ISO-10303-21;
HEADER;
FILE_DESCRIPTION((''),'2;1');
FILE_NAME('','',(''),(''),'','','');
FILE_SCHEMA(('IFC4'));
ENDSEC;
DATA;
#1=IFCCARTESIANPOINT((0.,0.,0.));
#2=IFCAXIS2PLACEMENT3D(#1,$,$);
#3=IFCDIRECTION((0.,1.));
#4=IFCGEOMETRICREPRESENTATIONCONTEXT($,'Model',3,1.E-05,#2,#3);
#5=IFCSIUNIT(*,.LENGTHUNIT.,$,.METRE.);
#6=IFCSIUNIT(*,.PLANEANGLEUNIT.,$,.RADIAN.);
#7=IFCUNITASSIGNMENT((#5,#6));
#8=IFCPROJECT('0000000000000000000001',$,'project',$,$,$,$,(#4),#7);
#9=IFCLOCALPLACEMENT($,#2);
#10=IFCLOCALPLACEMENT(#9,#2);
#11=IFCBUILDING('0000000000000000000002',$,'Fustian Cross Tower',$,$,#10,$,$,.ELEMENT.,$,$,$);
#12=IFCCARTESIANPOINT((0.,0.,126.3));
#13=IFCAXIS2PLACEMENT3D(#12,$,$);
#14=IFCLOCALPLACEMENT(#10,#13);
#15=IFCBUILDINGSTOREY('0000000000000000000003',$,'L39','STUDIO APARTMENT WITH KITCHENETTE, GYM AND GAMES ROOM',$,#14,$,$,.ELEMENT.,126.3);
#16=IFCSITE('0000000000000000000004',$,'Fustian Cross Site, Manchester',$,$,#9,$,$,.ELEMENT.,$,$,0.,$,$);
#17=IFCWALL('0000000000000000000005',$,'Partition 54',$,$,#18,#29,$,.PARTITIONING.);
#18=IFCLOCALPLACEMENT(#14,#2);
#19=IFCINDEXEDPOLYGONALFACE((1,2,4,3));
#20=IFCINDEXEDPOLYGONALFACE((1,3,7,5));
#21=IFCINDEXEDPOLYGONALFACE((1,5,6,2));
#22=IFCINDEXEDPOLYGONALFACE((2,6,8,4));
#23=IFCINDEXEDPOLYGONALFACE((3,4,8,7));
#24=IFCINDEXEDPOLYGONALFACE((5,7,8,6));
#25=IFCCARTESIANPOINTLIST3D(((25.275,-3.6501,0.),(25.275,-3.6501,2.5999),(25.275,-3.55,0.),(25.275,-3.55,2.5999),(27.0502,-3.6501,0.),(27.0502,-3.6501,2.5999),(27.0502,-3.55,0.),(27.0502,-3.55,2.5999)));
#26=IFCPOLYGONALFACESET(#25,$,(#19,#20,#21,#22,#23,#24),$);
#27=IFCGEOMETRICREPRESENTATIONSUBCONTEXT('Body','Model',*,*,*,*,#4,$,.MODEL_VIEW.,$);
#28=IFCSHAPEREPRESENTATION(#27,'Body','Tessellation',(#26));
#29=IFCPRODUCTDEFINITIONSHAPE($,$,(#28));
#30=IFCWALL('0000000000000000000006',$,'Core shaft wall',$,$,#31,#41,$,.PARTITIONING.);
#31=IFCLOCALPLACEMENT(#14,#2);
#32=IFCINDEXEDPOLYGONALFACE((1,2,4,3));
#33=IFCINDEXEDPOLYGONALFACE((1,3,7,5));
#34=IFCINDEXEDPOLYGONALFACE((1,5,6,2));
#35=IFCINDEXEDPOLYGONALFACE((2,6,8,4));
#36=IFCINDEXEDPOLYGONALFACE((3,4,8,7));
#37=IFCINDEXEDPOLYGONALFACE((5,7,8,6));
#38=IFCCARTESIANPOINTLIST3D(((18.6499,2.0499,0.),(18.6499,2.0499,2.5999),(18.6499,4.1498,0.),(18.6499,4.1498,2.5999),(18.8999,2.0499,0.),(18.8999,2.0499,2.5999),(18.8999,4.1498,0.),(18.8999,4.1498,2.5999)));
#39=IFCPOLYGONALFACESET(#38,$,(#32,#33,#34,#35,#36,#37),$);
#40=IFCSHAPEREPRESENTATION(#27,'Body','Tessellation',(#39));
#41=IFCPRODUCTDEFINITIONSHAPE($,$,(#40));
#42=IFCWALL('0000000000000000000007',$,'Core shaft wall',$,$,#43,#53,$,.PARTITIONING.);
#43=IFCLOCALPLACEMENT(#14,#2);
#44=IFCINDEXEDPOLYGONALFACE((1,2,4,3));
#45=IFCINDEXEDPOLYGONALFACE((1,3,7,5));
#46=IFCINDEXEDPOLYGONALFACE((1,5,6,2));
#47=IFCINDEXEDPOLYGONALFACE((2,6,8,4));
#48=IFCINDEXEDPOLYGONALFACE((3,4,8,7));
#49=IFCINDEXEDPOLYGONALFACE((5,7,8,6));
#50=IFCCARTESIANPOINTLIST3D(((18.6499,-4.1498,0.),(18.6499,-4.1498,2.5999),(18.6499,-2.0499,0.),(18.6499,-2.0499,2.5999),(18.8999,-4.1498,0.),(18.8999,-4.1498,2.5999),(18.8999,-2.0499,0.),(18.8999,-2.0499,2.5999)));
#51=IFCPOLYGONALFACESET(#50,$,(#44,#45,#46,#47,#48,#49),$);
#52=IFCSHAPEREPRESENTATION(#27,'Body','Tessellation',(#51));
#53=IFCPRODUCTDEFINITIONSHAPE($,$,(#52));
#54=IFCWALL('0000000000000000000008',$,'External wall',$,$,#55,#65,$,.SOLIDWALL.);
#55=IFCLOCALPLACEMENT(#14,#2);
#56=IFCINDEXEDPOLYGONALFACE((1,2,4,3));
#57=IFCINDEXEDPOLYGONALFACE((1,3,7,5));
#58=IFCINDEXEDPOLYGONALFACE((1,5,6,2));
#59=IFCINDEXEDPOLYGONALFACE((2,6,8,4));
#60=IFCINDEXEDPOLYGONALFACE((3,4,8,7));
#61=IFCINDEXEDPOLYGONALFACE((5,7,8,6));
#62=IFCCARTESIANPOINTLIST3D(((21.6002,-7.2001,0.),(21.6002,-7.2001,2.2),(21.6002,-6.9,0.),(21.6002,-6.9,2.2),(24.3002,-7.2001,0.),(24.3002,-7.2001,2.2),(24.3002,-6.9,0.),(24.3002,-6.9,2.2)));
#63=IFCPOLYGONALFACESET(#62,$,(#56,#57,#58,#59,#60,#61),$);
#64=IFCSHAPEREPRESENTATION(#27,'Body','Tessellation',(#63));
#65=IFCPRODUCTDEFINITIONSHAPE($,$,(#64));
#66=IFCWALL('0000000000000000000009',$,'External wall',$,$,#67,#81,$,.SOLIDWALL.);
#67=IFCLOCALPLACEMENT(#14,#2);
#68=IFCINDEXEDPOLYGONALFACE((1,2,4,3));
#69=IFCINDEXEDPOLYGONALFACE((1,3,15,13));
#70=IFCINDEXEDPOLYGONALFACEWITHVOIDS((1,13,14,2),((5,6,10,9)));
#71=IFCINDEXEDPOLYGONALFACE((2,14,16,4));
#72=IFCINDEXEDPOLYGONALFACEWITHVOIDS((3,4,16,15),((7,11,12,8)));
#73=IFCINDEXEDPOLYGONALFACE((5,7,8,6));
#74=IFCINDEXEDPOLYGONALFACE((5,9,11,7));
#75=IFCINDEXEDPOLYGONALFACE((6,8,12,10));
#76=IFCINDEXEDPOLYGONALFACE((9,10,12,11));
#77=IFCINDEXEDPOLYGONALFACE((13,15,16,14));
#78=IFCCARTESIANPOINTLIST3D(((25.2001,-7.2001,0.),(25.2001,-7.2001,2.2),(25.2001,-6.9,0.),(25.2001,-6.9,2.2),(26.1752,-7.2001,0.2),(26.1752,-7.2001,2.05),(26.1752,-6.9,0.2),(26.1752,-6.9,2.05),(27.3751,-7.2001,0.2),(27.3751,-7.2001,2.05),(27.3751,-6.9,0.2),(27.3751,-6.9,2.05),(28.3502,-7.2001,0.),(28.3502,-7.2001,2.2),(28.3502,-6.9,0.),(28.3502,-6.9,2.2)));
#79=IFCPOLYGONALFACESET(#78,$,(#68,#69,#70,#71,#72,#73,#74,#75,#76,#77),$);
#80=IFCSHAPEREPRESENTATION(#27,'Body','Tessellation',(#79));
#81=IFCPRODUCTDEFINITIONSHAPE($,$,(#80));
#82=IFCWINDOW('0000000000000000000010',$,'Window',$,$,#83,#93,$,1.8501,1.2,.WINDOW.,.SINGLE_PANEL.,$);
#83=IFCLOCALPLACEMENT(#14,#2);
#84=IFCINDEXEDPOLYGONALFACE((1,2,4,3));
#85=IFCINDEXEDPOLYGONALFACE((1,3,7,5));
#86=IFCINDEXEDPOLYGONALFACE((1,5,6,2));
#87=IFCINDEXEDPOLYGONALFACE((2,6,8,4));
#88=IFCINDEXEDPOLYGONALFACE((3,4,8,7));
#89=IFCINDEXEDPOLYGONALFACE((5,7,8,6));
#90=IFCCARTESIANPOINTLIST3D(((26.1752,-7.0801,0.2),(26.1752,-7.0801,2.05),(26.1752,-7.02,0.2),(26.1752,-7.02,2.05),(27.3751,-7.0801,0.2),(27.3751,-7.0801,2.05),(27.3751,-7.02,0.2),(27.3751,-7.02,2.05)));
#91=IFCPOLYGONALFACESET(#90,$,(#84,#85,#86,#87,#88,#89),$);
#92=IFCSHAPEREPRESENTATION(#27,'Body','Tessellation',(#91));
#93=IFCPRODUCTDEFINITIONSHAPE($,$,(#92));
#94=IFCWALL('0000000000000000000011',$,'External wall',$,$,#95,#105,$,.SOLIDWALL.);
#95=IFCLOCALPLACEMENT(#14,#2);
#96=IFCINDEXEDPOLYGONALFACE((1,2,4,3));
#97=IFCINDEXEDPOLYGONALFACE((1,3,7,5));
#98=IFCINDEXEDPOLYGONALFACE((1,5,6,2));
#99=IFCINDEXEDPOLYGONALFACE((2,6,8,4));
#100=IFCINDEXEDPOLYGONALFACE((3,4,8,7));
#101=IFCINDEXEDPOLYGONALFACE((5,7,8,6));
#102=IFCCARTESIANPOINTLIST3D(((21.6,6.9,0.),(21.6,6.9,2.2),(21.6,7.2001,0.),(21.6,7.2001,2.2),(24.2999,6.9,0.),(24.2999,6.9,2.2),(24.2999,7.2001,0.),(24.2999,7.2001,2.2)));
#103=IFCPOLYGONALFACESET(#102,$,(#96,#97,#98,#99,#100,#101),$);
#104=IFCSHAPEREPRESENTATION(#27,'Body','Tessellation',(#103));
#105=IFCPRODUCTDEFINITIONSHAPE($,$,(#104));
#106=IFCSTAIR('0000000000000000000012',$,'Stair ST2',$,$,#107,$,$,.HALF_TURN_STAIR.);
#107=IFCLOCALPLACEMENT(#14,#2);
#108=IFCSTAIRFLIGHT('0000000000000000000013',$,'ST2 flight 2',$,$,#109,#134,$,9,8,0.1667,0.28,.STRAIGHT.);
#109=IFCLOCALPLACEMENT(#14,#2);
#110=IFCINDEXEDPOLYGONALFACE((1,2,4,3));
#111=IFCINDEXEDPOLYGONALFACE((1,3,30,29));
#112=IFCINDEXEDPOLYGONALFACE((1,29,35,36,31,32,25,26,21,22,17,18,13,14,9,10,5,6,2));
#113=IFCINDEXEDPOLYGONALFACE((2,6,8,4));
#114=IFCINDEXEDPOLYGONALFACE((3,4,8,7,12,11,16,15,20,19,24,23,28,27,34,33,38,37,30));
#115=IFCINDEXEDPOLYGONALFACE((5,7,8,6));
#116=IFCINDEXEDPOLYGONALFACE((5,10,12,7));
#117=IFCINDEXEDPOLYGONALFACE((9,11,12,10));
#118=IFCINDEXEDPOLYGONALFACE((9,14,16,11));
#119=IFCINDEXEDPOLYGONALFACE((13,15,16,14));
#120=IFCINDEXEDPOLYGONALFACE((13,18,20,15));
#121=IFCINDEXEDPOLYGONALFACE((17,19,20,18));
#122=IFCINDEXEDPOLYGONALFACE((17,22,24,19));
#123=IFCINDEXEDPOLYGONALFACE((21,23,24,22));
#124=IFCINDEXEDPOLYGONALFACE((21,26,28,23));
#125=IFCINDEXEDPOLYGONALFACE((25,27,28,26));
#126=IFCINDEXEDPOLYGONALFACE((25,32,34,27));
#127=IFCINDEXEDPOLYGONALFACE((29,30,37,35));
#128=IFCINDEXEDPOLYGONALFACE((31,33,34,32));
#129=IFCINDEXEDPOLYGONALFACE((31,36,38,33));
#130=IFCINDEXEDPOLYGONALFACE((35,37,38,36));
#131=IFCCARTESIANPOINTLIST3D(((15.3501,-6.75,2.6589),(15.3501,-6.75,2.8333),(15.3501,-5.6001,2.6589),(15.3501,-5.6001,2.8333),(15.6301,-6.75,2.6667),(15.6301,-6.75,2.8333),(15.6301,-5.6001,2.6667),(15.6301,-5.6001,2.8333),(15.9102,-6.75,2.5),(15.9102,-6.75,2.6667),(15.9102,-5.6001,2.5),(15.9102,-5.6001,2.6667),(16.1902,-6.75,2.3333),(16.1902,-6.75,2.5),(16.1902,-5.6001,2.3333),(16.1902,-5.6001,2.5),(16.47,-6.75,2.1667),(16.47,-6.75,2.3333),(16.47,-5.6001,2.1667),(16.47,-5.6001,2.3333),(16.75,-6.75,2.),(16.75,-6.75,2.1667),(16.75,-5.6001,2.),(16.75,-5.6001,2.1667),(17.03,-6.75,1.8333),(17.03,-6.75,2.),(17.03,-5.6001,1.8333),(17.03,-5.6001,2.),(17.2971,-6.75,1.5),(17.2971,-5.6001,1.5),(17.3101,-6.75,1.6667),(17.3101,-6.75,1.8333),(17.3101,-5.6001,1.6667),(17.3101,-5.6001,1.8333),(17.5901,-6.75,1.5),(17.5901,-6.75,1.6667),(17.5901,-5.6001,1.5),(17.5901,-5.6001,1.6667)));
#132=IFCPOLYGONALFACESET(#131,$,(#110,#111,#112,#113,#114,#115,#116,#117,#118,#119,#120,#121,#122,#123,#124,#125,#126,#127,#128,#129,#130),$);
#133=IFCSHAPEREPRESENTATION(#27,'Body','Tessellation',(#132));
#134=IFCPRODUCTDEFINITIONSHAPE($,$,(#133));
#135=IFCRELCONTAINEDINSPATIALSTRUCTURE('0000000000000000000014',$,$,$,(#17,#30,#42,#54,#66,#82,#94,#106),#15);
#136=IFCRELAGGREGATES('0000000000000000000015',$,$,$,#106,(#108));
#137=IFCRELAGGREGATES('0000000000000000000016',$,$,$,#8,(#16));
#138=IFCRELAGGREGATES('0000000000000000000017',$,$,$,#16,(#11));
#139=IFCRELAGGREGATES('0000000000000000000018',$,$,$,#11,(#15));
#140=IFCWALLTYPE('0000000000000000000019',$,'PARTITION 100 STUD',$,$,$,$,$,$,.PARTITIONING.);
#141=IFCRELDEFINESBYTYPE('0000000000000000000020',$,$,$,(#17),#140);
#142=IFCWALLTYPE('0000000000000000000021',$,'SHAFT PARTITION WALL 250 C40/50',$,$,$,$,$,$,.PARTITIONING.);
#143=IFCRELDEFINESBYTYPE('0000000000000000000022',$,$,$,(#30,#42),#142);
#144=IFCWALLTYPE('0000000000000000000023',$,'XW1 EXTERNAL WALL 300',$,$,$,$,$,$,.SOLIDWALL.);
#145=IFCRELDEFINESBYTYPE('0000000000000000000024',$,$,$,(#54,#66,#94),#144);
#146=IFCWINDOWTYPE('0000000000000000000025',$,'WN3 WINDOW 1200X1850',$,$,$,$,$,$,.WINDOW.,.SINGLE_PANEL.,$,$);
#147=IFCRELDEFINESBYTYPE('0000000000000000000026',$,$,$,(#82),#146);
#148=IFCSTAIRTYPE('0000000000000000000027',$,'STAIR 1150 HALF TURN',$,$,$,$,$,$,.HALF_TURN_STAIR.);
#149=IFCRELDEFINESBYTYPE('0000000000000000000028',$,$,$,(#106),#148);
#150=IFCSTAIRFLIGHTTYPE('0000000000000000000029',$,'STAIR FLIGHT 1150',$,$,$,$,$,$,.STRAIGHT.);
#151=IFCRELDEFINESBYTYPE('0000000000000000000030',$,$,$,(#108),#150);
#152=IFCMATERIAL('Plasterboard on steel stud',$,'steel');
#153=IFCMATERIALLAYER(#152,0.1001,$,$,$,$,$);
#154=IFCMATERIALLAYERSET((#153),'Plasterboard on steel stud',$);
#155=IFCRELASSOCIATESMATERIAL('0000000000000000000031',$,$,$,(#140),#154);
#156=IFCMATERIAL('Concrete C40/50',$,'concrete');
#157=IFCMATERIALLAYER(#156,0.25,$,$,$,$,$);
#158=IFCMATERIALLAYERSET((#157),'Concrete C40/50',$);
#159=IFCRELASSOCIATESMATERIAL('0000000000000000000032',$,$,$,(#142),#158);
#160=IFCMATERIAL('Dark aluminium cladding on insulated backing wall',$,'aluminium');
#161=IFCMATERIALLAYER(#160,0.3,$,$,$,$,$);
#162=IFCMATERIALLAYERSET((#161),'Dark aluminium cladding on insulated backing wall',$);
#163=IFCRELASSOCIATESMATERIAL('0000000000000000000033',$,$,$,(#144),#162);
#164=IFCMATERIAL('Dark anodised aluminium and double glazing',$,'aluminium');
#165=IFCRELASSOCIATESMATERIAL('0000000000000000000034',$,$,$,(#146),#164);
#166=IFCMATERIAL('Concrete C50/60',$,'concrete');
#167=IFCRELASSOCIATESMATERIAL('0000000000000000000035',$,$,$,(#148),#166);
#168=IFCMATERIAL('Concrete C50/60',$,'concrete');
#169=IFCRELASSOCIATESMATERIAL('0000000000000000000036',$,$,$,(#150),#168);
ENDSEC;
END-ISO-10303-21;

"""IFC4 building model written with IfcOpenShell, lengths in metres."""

from ifc_helpers import new_model, si_unit, direction, frame, frame_2d, origin, place, context, subcontext, project, spatial, polyline, rectangle, outline, extrude, material, layer, layer_set, type_object, element, fill, aggregate, save


model = new_model("IFC4")

# Units and contexts
model_context = context("Model", 3, precision=1e-05, world=origin(), true_north=direction((0.0, 1.0)))
body_context = subcontext(model_context, "Body", "Model", "MODEL_VIEW")
ifc_project = project(units=[si_unit("LENGTHUNIT", "METRE"), si_unit("PLANEANGLEUNIT", "RADIAN")], contexts=[model_context])

# Site, building, storey
site_placement = place(None, origin())
site = spatial("IfcSite", under=ifc_project, at=site_placement, Name="Fustian Cross Site, Manchester", CompositionType="ELEMENT", RefElevation=0.0)
building_placement = place(site_placement, origin())
building = spatial("IfcBuilding", under=site, at=building_placement, Name="Fustian Cross Tower", CompositionType="ELEMENT")
storey_placement = place(building_placement, frame((0.0, 0.0, 126.3)))
storey = spatial("IfcBuildingStorey", under=building, at=storey_placement, Name="L39", Description="STUDIO APARTMENT WITH KITCHENETTE, GYM AND GAMES ROOM", CompositionType="ELEMENT", Elevation=126.3)

# Walls
ifc_material_1 = material(Name="Plasterboard on steel stud", Category="steel")
ifc_layer_1 = layer(ifc_material_1, 0.1001)
ifc_layer_set_1 = layer_set([ifc_layer_1], Name="Plasterboard on steel stud")
wall_type_1 = type_object("IfcWallType", Name="PARTITION 100 STUD", PredefinedType="PARTITIONING", material=ifc_layer_set_1)
wall_1_placement = place(storey_placement, frame((25.2749, -3.6001, 0.0), z_axis=(0.0, 0.0, 1.0), x_axis=(1.0, 0.0, 0.0)))
element("IfcWall", 1, at=wall_1_placement, inside=storey, type_object=wall_type_1, Name="Partition 54", PredefinedType="PARTITIONING", context=body_context, shape_type="SweptSolid", body=[
    extrude(rectangle(XDim=1.7751, YDim=0.1001, at=frame_2d((0.8877, 0.0))), origin(), (0.0, 0.0, 1.0), 2.5999),
])
ifc_material_2 = material(Name="Concrete C40/50", Category="concrete")
ifc_layer_2 = layer(ifc_material_2, 0.25)
ifc_layer_set_2 = layer_set([ifc_layer_2], Name="Concrete C40/50")
wall_type_2 = type_object("IfcWallType", Name="SHAFT PARTITION WALL 250 C40/50", PredefinedType="PARTITIONING", material=ifc_layer_set_2)
for number, where, z_axis, x_axis, name in (
    (2, (18.7749, 2.05, 0.0), (0.0, 0.0, 1.0), (0.0, 1.0, 0.0), "Core shaft wall"),
    (3, (18.7749, -2.05, 0.0), (0.0, 0.0, 1.0), (0.0, -1.0, 0.0), "Core shaft wall"),
):
    element("IfcWall", number, at=place(storey_placement, frame(where, z_axis=z_axis, x_axis=x_axis)), inside=storey, type_object=wall_type_2, Name=name, PredefinedType="PARTITIONING", context=body_context, shape_type="SweptSolid", body=[
        extrude(rectangle(XDim=2.0999, YDim=0.25, at=frame_2d((1.0498, 0.0))), origin(), (0.0, 0.0, 1.0), 2.5999),
    ])
ifc_material_3 = material(Name="Dark aluminium cladding on insulated backing wall", Category="aluminium")
ifc_layer_3 = layer(ifc_material_3, 0.3)
ifc_layer_set_3 = layer_set([ifc_layer_3], Name="Dark aluminium cladding on insulated backing wall")
wall_type_3 = type_object("IfcWallType", Name="XW1 EXTERNAL WALL 300", PredefinedType="SOLIDWALL", material=ifc_layer_set_3)
wall_2_placement = place(storey_placement, frame((21.6001, -7.05, 0.0), z_axis=(0.0, 0.0, 1.0), x_axis=(1.0, 0.0, 0.0)))
element("IfcWall", 4, at=wall_2_placement, inside=storey, type_object=wall_type_3, Name="External wall", PredefinedType="SOLIDWALL", context=body_context, shape_type="SweptSolid", body=[
    extrude(rectangle(XDim=2.7, YDim=0.3, at=frame_2d((1.3501, 0.0))), origin(), (0.0, 0.0, 1.0), 2.2),
])

# Wall, opening, window
wall_3_placement = place(storey_placement, frame((25.2, -7.05, 0.0), z_axis=(0.0, 0.0, 1.0), x_axis=(1.0, 0.0, 0.0)))
wall_3 = element("IfcWall", 5, at=wall_3_placement, inside=storey, type_object=wall_type_3, Name="External wall", PredefinedType="SOLIDWALL", context=body_context, shape_type="SweptSolid", body=[
    extrude(rectangle(XDim=3.1501, YDim=0.3, at=frame_2d((1.5752, 0.0))), origin(), (0.0, 0.0, 1.0), 2.2),
])
opening_1_placement = place(wall_3_placement, frame((0.9751, 0.0, 0.2)))
opening_1 = element("IfcOpeningElement", 6, at=opening_1_placement, cuts=wall_3, PredefinedType="OPENING", context=body_context, shape_type="SweptSolid", body=[
    extrude(rectangle(XDim=1.2, YDim=1.8501, at=frame_2d((0.6001, 0.925))), frame((0.0, 0.1599, 0.0), z_axis=(0.0, -1.0, 0.0), x_axis=(1.0, 0.0, 0.0)), (0.0, 0.0, 1.0), 0.3201),
])
ifc_material_4 = material(Name="Dark anodised aluminium and double glazing", Category="aluminium")
window_type = type_object("IfcWindowType", Name="WN3 WINDOW 1200X1850", PartitioningType="SINGLE_PANEL", PredefinedType="WINDOW", material=ifc_material_4)
window_placement = place(opening_1_placement, origin())
window = element("IfcWindow", 7, at=window_placement, inside=storey, type_object=window_type, Name="Window", OverallHeight=1.8501, OverallWidth=1.2, PartitioningType="SINGLE_PANEL", PredefinedType="WINDOW", context=body_context, shape_type="SweptSolid", body=[
    extrude(rectangle(XDim=1.2, YDim=1.8501, at=frame_2d((0.6001, 0.925))), frame((0.0, 0.03, 0.0), z_axis=(0.0, -1.0, 0.0), x_axis=(1.0, 0.0, 0.0)), (0.0, 0.0, 1.0), 0.0601),
])
fill(opening_1, window)

# Wall
wall_4_placement = place(storey_placement, frame((24.3, 7.05, 0.0), z_axis=(0.0, 0.0, 1.0), x_axis=(-1.0, 0.0, 0.0)))
element("IfcWall", 8, at=wall_4_placement, inside=storey, type_object=wall_type_3, Name="External wall", PredefinedType="SOLIDWALL", context=body_context, shape_type="SweptSolid", body=[
    extrude(rectangle(XDim=2.7, YDim=0.3, at=frame_2d((1.3501, 0.0))), origin(), (0.0, 0.0, 1.0), 2.2),
])

# Stair, stair flight
ifc_material_5 = material(Name="Concrete C50/60", Category="concrete")
stair_type = type_object("IfcStairType", Name="STAIR 1150 HALF TURN", PredefinedType="HALF_TURN_STAIR", material=ifc_material_5)
stair_placement = place(storey_placement, origin())
stair = element("IfcStair", 9, at=stair_placement, inside=storey, type_object=stair_type, Name="Stair ST2", PredefinedType="HALF_TURN_STAIR")
ifc_material_6 = material(Name="Concrete C50/60", Category="concrete")
stair_flight_type = type_object("IfcStairFlightType", Name="STAIR FLIGHT 1150", PredefinedType="STRAIGHT", material=ifc_material_6)
stair_flight_placement = place(storey_placement, frame((17.5901, -6.175, 1.5), z_axis=(0.0, 0.0, 1.0), x_axis=(-1.0, 0.0, 0.0)))
stair_flight = element("IfcStairFlight", 10, at=stair_flight_placement, type_object=stair_flight_type, Name="ST2 flight 2", NumberOfRisers=9, NumberOfTreads=8, PredefinedType="STRAIGHT", RiserHeight=0.1667, TreadLength=0.28, context=body_context, shape_type="SweptSolid", body=[
    extrude(outline(polyline([(0.0, 0.0), (0.0, 0.1667), (0.28, 0.1667), (0.28, 0.3333), (0.5601, 0.3333), (0.5601, 0.5), (0.8401, 0.5), (0.8401, 0.6667), (1.1201, 0.6667), (1.1201, 0.8333), (1.3999, 0.8333), (1.3999, 1.0), (1.6799, 1.0), (1.6799, 1.1667), (1.96, 1.1667), (1.96, 1.3333), (2.24, 1.3333), (2.24, 1.5), (2.24, 1.1589), (0.293, 0.0), (0.0, 0.0)])), frame((0.0, 0.575, 0.0), z_axis=(0.0, -1.0, 0.0), x_axis=(1.0, 0.0, 0.0)), (0.0, 0.0, 1.0), 1.1499),
])
aggregate(stair, [stair_flight])

save(model, "model.ifc")
